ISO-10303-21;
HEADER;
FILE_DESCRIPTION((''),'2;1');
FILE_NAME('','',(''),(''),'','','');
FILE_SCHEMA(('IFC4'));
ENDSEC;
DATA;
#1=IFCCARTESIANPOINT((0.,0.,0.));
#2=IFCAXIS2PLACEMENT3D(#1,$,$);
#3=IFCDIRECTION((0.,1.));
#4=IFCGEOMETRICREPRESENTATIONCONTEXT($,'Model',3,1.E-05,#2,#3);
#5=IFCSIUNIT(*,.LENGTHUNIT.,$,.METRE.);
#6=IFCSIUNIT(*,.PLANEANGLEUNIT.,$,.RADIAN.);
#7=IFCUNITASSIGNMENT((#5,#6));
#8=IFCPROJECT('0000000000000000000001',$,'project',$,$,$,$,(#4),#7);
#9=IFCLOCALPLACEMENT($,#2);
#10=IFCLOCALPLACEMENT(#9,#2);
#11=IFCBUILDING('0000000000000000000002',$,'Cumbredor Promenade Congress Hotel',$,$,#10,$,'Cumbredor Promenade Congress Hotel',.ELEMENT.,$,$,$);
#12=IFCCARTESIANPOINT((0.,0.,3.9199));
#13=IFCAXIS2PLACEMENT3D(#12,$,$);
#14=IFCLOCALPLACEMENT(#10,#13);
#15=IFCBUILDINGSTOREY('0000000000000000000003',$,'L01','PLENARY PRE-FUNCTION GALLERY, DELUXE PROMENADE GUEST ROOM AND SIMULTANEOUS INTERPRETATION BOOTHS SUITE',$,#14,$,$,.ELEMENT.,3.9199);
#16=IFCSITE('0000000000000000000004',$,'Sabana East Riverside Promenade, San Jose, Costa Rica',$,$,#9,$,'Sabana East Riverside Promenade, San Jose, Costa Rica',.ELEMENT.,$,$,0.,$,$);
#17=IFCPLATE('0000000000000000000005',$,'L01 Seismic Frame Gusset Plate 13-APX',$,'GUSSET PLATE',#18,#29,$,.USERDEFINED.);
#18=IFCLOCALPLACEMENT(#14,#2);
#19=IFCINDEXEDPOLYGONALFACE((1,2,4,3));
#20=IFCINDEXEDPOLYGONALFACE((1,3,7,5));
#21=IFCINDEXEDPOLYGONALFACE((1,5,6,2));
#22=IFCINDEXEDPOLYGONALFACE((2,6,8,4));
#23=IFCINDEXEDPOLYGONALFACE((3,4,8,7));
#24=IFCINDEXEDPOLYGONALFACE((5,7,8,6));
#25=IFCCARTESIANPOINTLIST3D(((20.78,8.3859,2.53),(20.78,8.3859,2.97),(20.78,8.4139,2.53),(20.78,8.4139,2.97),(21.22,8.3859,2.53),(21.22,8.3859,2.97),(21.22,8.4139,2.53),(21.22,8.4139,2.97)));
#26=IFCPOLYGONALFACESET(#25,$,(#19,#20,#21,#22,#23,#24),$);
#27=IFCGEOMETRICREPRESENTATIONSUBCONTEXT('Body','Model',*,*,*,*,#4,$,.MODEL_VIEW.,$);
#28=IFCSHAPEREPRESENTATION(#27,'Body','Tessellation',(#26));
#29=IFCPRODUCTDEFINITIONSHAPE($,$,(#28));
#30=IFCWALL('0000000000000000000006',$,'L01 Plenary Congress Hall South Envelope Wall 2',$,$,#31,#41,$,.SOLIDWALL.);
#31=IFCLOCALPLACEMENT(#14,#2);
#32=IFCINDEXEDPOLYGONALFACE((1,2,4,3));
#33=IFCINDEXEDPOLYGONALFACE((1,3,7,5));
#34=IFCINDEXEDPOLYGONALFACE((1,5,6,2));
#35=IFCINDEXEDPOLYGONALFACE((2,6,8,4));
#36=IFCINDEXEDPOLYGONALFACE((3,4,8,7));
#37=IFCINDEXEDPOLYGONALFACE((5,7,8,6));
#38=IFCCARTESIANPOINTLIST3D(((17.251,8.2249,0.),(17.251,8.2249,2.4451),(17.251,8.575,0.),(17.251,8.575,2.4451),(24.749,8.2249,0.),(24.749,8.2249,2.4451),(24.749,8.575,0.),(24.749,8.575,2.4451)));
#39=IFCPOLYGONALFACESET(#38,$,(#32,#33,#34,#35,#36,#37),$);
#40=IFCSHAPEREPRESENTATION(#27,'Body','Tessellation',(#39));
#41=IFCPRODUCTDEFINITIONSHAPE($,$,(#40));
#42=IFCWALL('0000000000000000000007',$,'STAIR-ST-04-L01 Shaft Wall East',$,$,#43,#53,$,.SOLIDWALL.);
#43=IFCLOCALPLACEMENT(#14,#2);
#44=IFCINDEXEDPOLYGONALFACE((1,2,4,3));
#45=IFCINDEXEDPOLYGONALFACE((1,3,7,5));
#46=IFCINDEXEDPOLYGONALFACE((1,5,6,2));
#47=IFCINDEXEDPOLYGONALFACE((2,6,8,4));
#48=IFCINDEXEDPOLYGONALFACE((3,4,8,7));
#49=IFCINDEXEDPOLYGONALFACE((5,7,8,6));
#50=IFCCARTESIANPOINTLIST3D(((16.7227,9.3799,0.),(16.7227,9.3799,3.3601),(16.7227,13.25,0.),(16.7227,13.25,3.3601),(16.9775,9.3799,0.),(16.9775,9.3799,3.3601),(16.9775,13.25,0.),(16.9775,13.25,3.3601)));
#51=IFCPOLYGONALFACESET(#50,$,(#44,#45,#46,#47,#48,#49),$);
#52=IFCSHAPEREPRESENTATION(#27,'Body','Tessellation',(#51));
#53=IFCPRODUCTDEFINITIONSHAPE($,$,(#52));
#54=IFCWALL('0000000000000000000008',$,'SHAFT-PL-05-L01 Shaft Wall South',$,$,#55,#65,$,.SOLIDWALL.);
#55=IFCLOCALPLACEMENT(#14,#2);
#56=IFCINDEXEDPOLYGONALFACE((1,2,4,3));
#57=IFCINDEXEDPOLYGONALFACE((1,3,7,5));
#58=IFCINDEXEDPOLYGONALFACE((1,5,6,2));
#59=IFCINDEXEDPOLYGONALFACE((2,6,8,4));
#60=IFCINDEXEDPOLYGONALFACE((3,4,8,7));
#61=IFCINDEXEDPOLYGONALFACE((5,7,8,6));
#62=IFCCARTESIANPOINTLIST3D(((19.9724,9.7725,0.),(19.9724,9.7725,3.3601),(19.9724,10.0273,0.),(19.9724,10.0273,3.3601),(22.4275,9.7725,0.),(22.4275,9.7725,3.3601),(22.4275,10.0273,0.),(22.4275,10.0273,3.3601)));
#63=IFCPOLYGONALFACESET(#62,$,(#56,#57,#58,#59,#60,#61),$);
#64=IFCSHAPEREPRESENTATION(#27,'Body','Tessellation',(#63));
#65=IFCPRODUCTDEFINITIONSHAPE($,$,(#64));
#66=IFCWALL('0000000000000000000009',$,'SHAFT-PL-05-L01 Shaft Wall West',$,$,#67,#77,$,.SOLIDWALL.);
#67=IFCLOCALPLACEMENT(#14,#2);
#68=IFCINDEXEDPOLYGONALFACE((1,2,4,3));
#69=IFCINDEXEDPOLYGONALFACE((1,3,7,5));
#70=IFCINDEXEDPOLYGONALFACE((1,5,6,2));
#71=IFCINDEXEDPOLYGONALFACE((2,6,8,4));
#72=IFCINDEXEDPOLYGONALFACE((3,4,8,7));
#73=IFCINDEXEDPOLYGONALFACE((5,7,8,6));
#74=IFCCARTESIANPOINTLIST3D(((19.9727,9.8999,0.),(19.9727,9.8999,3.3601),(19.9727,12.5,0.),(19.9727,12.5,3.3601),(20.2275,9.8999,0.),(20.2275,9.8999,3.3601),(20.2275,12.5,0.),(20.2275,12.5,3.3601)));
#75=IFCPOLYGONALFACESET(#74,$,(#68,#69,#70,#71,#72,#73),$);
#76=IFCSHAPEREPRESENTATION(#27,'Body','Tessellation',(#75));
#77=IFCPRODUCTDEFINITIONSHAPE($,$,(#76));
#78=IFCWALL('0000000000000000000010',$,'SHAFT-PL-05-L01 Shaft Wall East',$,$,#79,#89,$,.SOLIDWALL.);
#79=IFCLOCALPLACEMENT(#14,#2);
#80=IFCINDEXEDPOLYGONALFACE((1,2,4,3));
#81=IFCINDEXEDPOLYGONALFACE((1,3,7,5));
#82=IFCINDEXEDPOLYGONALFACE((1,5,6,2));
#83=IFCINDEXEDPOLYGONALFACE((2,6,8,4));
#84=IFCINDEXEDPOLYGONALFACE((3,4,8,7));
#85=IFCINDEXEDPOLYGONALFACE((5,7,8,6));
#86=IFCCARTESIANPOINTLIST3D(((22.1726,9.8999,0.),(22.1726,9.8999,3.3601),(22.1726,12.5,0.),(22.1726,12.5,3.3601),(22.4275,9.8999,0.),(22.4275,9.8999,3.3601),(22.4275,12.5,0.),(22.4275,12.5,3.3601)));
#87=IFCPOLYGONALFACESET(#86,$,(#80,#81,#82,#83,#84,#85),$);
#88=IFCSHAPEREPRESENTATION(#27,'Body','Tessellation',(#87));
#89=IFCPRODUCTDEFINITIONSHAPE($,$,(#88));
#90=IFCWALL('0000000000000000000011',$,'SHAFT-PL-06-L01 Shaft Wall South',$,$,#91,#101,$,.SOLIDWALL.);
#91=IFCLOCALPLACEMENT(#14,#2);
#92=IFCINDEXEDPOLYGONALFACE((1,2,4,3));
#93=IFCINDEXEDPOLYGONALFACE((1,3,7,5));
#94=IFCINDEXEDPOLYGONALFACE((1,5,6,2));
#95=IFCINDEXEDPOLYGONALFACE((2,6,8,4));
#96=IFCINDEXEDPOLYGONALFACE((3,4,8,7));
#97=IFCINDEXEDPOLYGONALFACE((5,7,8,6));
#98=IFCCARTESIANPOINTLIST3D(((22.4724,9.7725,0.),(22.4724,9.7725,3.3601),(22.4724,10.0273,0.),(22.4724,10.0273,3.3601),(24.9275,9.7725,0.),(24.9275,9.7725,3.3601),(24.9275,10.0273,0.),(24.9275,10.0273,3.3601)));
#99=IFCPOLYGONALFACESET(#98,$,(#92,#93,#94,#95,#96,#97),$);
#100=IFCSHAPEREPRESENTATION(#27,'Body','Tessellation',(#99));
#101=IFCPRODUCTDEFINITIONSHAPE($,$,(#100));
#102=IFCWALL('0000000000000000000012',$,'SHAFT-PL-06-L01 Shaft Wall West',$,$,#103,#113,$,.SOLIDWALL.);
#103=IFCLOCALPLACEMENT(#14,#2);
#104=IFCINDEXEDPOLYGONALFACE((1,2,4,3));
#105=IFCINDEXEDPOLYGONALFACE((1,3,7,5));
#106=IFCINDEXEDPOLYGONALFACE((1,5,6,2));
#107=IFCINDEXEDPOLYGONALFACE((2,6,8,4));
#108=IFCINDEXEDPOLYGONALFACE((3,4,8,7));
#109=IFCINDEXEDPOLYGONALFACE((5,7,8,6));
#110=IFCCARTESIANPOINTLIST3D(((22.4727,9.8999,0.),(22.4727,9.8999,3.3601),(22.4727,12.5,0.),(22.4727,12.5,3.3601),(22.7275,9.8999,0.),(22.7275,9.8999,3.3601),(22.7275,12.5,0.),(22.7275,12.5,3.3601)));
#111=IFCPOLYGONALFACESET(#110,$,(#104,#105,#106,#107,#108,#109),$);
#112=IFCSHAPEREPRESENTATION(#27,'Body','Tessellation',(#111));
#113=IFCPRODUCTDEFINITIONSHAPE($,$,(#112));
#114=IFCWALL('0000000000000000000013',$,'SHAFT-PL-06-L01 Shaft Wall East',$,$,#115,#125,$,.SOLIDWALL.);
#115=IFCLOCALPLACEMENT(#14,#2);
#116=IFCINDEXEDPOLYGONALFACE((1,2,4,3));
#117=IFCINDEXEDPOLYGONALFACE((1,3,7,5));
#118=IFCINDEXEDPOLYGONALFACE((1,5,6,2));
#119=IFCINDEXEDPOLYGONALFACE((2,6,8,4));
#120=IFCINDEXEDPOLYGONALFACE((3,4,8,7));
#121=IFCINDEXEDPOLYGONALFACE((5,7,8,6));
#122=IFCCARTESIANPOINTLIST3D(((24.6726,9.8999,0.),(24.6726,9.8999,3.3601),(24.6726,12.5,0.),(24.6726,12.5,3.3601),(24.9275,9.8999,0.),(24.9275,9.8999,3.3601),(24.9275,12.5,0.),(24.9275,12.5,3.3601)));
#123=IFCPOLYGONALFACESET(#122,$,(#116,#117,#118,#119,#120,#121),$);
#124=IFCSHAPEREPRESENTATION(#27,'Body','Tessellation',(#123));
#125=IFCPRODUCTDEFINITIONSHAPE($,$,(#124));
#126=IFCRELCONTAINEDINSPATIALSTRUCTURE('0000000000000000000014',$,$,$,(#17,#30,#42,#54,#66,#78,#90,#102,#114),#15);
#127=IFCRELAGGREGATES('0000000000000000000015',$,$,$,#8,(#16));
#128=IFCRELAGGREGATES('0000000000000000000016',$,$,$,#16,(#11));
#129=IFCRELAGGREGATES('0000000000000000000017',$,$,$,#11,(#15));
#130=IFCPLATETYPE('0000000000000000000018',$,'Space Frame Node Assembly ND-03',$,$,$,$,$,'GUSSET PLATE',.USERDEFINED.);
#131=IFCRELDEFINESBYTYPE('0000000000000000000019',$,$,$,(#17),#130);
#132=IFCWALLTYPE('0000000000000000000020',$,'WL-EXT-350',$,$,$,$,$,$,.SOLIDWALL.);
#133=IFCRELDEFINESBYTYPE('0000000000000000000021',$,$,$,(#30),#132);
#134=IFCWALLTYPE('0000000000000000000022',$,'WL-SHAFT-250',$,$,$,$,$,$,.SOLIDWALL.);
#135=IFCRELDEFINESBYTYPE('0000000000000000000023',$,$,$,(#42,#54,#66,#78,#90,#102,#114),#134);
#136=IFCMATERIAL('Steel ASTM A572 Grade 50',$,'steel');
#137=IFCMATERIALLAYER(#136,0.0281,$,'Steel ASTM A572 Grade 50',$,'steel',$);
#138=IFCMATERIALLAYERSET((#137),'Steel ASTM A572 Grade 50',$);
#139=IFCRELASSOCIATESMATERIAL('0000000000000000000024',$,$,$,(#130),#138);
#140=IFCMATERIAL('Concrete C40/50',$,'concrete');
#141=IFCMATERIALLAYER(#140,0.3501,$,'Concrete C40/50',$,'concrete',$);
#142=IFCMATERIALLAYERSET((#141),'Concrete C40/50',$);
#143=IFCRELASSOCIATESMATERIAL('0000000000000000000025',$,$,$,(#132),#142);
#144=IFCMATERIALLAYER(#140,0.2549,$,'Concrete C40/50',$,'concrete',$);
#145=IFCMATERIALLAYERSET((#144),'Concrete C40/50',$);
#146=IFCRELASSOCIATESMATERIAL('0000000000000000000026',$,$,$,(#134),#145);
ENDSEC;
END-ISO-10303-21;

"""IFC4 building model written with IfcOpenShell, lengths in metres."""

from ifc_helpers import new_model, si_unit, direction, frame, frame_2d, origin, origin_2d, place, context, subcontext, project, spatial, rectangle, extrude, material, layer, layer_set, type_object, element, save


model = new_model("IFC4")

# Units and contexts
model_context = context("Model", 3, precision=1e-05, world=origin(), true_north=direction((0.0, 1.0)))
body_context = subcontext(model_context, "Body", "Model", "MODEL_VIEW")
ifc_project = project(units=[si_unit("LENGTHUNIT", "METRE"), si_unit("PLANEANGLEUNIT", "RADIAN")], contexts=[model_context])

# Site, building, storey
site_placement = place(None, origin())
site = spatial("IfcSite", under=ifc_project, at=site_placement, Name="Sabana East Riverside Promenade, San Jose, Costa Rica", LongName="Sabana East Riverside Promenade, San Jose, Costa Rica", CompositionType="ELEMENT", RefElevation=0.0)
building_placement = place(site_placement, origin())
building = spatial("IfcBuilding", under=site, at=building_placement, Name="Cumbredor Promenade Congress Hotel", LongName="Cumbredor Promenade Congress Hotel", CompositionType="ELEMENT")
storey_placement = place(building_placement, frame((0.0, 0.0, 3.9199)))
storey = spatial("IfcBuildingStorey", under=building, at=storey_placement, Name="L01", Description="PLENARY PRE-FUNCTION GALLERY, DELUXE PROMENADE GUEST ROOM AND SIMULTANEOUS INTERPRETATION BOOTHS SUITE", CompositionType="ELEMENT", Elevation=3.9199)

# Shared definitions
ifc_material_1 = material(Name="Concrete C40/50", Category="concrete")

# Plate
ifc_material_2 = material(Name="Steel ASTM A572 Grade 50", Category="steel")
ifc_layer_1 = layer(ifc_material_2, 0.0281, Name="Steel ASTM A572 Grade 50", Category="steel")
ifc_layer_set_1 = layer_set([ifc_layer_1], Name="Steel ASTM A572 Grade 50")
plate_type_1 = type_object("IfcPlateType", Name="Space Frame Node Assembly ND-03", ElementType="GUSSET PLATE", PredefinedType="USERDEFINED", material=ifc_layer_set_1)
for number, where, z_axis, x_axis, name in (
    (1, (21.0, 8.3999, 2.53), (0.0, 0.0, 1.0), (1.0, 0.0, 0.0), "L01 Seismic Frame Gusset Plate 13-APX"),
):
    element("IfcPlate", number, at=place(storey_placement, frame(where, z_axis=z_axis, x_axis=x_axis)), inside=storey, type_object=plate_type_1, Name=name, ObjectType="GUSSET PLATE", PredefinedType="USERDEFINED", context=body_context, shape_type="SweptSolid", body=[
        extrude(rectangle(XDim=0.4399, YDim=0.0281, at=origin_2d()), origin(), (0.0, 0.0, 1.0), 0.4399),
    ])

# Walls
ifc_layer_2 = layer(ifc_material_1, 0.3501, Name="Concrete C40/50", Category="concrete")
ifc_layer_set_2 = layer_set([ifc_layer_2], Name="Concrete C40/50")
wall_type_1 = type_object("IfcWallType", Name="WL-EXT-350", PredefinedType="SOLIDWALL", material=ifc_layer_set_2)
wall_1_placement = place(storey_placement, frame((17.251, 8.3999, 0.0), z_axis=(0.0, 0.0, 1.0), x_axis=(1.0, 0.0, 0.0)))
element("IfcWall", 2, at=wall_1_placement, inside=storey, type_object=wall_type_1, Name="L01 Plenary Congress Hall South Envelope Wall 2", PredefinedType="SOLIDWALL", context=body_context, shape_type="SweptSolid", body=[
    extrude(rectangle(XDim=7.498, YDim=0.3501, at=frame_2d((3.749, 0.0))), origin(), (0.0, 0.0, 1.0), 2.4451),
])
ifc_layer_3 = layer(ifc_material_1, 0.2549, Name="Concrete C40/50", Category="concrete")
ifc_layer_set_3 = layer_set([ifc_layer_3], Name="Concrete C40/50")
wall_type_2 = type_object("IfcWallType", Name="WL-SHAFT-250", PredefinedType="SOLIDWALL", material=ifc_layer_set_3)
wall_2_placement = place(storey_placement, frame((16.8501, 9.3799, 0.0), z_axis=(0.0, 0.0, 1.0), x_axis=(0.0, 1.0, 0.0)))
element("IfcWall", 3, at=wall_2_placement, inside=storey, type_object=wall_type_2, Name="STAIR-ST-04-L01 Shaft Wall East", PredefinedType="SOLIDWALL", context=body_context, shape_type="SweptSolid", body=[
    extrude(rectangle(XDim=3.8701, YDim=0.2549, at=frame_2d((1.9351, 0.0))), origin(), (0.0, 0.0, 1.0), 3.3601),
])
wall_3_placement = place(storey_placement, frame((19.9724, 9.8999, 0.0), z_axis=(0.0, 0.0, 1.0), x_axis=(1.0, 0.0, 0.0)))
element("IfcWall", 4, at=wall_3_placement, inside=storey, type_object=wall_type_2, Name="SHAFT-PL-05-L01 Shaft Wall South", PredefinedType="SOLIDWALL", context=body_context, shape_type="SweptSolid", body=[
    extrude(rectangle(XDim=2.4551, YDim=0.2549, at=frame_2d((1.2275, 0.0))), origin(), (0.0, 0.0, 1.0), 3.3601),
])
for number, where, z_axis, x_axis, name in (
    (5, (20.1001, 9.8999, 0.0), (0.0, 0.0, 1.0), (0.0, 1.0, 0.0), "SHAFT-PL-05-L01 Shaft Wall West"),
    (6, (22.3, 9.8999, 0.0), (0.0, 0.0, 1.0), (0.0, 1.0, 0.0), "SHAFT-PL-05-L01 Shaft Wall East"),
):
    element("IfcWall", number, at=place(storey_placement, frame(where, z_axis=z_axis, x_axis=x_axis)), inside=storey, type_object=wall_type_2, Name=name, PredefinedType="SOLIDWALL", context=body_context, shape_type="SweptSolid", body=[
        extrude(rectangle(XDim=2.6001, YDim=0.2549, at=frame_2d((1.3, 0.0))), origin(), (0.0, 0.0, 1.0), 3.3601),
    ])
wall_4_placement = place(storey_placement, frame((22.4724, 9.8999, 0.0), z_axis=(0.0, 0.0, 1.0), x_axis=(1.0, 0.0, 0.0)))
element("IfcWall", 7, at=wall_4_placement, inside=storey, type_object=wall_type_2, Name="SHAFT-PL-06-L01 Shaft Wall South", PredefinedType="SOLIDWALL", context=body_context, shape_type="SweptSolid", body=[
    extrude(rectangle(XDim=2.4551, YDim=0.2549, at=frame_2d((1.2275, 0.0))), origin(), (0.0, 0.0, 1.0), 3.3601),
])
for number, where, z_axis, x_axis, name in (
    (8, (22.6001, 9.8999, 0.0), (0.0, 0.0, 1.0), (0.0, 1.0, 0.0), "SHAFT-PL-06-L01 Shaft Wall West"),
    (9, (24.8, 9.8999, 0.0), (0.0, 0.0, 1.0), (0.0, 1.0, 0.0), "SHAFT-PL-06-L01 Shaft Wall East"),
):
    element("IfcWall", number, at=place(storey_placement, frame(where, z_axis=z_axis, x_axis=x_axis)), inside=storey, type_object=wall_type_2, Name=name, PredefinedType="SOLIDWALL", context=body_context, shape_type="SweptSolid", body=[
        extrude(rectangle(XDim=2.6001, YDim=0.2549, at=frame_2d((1.3, 0.0))), origin(), (0.0, 0.0, 1.0), 3.3601),
    ])

save(model, "model.ifc")
